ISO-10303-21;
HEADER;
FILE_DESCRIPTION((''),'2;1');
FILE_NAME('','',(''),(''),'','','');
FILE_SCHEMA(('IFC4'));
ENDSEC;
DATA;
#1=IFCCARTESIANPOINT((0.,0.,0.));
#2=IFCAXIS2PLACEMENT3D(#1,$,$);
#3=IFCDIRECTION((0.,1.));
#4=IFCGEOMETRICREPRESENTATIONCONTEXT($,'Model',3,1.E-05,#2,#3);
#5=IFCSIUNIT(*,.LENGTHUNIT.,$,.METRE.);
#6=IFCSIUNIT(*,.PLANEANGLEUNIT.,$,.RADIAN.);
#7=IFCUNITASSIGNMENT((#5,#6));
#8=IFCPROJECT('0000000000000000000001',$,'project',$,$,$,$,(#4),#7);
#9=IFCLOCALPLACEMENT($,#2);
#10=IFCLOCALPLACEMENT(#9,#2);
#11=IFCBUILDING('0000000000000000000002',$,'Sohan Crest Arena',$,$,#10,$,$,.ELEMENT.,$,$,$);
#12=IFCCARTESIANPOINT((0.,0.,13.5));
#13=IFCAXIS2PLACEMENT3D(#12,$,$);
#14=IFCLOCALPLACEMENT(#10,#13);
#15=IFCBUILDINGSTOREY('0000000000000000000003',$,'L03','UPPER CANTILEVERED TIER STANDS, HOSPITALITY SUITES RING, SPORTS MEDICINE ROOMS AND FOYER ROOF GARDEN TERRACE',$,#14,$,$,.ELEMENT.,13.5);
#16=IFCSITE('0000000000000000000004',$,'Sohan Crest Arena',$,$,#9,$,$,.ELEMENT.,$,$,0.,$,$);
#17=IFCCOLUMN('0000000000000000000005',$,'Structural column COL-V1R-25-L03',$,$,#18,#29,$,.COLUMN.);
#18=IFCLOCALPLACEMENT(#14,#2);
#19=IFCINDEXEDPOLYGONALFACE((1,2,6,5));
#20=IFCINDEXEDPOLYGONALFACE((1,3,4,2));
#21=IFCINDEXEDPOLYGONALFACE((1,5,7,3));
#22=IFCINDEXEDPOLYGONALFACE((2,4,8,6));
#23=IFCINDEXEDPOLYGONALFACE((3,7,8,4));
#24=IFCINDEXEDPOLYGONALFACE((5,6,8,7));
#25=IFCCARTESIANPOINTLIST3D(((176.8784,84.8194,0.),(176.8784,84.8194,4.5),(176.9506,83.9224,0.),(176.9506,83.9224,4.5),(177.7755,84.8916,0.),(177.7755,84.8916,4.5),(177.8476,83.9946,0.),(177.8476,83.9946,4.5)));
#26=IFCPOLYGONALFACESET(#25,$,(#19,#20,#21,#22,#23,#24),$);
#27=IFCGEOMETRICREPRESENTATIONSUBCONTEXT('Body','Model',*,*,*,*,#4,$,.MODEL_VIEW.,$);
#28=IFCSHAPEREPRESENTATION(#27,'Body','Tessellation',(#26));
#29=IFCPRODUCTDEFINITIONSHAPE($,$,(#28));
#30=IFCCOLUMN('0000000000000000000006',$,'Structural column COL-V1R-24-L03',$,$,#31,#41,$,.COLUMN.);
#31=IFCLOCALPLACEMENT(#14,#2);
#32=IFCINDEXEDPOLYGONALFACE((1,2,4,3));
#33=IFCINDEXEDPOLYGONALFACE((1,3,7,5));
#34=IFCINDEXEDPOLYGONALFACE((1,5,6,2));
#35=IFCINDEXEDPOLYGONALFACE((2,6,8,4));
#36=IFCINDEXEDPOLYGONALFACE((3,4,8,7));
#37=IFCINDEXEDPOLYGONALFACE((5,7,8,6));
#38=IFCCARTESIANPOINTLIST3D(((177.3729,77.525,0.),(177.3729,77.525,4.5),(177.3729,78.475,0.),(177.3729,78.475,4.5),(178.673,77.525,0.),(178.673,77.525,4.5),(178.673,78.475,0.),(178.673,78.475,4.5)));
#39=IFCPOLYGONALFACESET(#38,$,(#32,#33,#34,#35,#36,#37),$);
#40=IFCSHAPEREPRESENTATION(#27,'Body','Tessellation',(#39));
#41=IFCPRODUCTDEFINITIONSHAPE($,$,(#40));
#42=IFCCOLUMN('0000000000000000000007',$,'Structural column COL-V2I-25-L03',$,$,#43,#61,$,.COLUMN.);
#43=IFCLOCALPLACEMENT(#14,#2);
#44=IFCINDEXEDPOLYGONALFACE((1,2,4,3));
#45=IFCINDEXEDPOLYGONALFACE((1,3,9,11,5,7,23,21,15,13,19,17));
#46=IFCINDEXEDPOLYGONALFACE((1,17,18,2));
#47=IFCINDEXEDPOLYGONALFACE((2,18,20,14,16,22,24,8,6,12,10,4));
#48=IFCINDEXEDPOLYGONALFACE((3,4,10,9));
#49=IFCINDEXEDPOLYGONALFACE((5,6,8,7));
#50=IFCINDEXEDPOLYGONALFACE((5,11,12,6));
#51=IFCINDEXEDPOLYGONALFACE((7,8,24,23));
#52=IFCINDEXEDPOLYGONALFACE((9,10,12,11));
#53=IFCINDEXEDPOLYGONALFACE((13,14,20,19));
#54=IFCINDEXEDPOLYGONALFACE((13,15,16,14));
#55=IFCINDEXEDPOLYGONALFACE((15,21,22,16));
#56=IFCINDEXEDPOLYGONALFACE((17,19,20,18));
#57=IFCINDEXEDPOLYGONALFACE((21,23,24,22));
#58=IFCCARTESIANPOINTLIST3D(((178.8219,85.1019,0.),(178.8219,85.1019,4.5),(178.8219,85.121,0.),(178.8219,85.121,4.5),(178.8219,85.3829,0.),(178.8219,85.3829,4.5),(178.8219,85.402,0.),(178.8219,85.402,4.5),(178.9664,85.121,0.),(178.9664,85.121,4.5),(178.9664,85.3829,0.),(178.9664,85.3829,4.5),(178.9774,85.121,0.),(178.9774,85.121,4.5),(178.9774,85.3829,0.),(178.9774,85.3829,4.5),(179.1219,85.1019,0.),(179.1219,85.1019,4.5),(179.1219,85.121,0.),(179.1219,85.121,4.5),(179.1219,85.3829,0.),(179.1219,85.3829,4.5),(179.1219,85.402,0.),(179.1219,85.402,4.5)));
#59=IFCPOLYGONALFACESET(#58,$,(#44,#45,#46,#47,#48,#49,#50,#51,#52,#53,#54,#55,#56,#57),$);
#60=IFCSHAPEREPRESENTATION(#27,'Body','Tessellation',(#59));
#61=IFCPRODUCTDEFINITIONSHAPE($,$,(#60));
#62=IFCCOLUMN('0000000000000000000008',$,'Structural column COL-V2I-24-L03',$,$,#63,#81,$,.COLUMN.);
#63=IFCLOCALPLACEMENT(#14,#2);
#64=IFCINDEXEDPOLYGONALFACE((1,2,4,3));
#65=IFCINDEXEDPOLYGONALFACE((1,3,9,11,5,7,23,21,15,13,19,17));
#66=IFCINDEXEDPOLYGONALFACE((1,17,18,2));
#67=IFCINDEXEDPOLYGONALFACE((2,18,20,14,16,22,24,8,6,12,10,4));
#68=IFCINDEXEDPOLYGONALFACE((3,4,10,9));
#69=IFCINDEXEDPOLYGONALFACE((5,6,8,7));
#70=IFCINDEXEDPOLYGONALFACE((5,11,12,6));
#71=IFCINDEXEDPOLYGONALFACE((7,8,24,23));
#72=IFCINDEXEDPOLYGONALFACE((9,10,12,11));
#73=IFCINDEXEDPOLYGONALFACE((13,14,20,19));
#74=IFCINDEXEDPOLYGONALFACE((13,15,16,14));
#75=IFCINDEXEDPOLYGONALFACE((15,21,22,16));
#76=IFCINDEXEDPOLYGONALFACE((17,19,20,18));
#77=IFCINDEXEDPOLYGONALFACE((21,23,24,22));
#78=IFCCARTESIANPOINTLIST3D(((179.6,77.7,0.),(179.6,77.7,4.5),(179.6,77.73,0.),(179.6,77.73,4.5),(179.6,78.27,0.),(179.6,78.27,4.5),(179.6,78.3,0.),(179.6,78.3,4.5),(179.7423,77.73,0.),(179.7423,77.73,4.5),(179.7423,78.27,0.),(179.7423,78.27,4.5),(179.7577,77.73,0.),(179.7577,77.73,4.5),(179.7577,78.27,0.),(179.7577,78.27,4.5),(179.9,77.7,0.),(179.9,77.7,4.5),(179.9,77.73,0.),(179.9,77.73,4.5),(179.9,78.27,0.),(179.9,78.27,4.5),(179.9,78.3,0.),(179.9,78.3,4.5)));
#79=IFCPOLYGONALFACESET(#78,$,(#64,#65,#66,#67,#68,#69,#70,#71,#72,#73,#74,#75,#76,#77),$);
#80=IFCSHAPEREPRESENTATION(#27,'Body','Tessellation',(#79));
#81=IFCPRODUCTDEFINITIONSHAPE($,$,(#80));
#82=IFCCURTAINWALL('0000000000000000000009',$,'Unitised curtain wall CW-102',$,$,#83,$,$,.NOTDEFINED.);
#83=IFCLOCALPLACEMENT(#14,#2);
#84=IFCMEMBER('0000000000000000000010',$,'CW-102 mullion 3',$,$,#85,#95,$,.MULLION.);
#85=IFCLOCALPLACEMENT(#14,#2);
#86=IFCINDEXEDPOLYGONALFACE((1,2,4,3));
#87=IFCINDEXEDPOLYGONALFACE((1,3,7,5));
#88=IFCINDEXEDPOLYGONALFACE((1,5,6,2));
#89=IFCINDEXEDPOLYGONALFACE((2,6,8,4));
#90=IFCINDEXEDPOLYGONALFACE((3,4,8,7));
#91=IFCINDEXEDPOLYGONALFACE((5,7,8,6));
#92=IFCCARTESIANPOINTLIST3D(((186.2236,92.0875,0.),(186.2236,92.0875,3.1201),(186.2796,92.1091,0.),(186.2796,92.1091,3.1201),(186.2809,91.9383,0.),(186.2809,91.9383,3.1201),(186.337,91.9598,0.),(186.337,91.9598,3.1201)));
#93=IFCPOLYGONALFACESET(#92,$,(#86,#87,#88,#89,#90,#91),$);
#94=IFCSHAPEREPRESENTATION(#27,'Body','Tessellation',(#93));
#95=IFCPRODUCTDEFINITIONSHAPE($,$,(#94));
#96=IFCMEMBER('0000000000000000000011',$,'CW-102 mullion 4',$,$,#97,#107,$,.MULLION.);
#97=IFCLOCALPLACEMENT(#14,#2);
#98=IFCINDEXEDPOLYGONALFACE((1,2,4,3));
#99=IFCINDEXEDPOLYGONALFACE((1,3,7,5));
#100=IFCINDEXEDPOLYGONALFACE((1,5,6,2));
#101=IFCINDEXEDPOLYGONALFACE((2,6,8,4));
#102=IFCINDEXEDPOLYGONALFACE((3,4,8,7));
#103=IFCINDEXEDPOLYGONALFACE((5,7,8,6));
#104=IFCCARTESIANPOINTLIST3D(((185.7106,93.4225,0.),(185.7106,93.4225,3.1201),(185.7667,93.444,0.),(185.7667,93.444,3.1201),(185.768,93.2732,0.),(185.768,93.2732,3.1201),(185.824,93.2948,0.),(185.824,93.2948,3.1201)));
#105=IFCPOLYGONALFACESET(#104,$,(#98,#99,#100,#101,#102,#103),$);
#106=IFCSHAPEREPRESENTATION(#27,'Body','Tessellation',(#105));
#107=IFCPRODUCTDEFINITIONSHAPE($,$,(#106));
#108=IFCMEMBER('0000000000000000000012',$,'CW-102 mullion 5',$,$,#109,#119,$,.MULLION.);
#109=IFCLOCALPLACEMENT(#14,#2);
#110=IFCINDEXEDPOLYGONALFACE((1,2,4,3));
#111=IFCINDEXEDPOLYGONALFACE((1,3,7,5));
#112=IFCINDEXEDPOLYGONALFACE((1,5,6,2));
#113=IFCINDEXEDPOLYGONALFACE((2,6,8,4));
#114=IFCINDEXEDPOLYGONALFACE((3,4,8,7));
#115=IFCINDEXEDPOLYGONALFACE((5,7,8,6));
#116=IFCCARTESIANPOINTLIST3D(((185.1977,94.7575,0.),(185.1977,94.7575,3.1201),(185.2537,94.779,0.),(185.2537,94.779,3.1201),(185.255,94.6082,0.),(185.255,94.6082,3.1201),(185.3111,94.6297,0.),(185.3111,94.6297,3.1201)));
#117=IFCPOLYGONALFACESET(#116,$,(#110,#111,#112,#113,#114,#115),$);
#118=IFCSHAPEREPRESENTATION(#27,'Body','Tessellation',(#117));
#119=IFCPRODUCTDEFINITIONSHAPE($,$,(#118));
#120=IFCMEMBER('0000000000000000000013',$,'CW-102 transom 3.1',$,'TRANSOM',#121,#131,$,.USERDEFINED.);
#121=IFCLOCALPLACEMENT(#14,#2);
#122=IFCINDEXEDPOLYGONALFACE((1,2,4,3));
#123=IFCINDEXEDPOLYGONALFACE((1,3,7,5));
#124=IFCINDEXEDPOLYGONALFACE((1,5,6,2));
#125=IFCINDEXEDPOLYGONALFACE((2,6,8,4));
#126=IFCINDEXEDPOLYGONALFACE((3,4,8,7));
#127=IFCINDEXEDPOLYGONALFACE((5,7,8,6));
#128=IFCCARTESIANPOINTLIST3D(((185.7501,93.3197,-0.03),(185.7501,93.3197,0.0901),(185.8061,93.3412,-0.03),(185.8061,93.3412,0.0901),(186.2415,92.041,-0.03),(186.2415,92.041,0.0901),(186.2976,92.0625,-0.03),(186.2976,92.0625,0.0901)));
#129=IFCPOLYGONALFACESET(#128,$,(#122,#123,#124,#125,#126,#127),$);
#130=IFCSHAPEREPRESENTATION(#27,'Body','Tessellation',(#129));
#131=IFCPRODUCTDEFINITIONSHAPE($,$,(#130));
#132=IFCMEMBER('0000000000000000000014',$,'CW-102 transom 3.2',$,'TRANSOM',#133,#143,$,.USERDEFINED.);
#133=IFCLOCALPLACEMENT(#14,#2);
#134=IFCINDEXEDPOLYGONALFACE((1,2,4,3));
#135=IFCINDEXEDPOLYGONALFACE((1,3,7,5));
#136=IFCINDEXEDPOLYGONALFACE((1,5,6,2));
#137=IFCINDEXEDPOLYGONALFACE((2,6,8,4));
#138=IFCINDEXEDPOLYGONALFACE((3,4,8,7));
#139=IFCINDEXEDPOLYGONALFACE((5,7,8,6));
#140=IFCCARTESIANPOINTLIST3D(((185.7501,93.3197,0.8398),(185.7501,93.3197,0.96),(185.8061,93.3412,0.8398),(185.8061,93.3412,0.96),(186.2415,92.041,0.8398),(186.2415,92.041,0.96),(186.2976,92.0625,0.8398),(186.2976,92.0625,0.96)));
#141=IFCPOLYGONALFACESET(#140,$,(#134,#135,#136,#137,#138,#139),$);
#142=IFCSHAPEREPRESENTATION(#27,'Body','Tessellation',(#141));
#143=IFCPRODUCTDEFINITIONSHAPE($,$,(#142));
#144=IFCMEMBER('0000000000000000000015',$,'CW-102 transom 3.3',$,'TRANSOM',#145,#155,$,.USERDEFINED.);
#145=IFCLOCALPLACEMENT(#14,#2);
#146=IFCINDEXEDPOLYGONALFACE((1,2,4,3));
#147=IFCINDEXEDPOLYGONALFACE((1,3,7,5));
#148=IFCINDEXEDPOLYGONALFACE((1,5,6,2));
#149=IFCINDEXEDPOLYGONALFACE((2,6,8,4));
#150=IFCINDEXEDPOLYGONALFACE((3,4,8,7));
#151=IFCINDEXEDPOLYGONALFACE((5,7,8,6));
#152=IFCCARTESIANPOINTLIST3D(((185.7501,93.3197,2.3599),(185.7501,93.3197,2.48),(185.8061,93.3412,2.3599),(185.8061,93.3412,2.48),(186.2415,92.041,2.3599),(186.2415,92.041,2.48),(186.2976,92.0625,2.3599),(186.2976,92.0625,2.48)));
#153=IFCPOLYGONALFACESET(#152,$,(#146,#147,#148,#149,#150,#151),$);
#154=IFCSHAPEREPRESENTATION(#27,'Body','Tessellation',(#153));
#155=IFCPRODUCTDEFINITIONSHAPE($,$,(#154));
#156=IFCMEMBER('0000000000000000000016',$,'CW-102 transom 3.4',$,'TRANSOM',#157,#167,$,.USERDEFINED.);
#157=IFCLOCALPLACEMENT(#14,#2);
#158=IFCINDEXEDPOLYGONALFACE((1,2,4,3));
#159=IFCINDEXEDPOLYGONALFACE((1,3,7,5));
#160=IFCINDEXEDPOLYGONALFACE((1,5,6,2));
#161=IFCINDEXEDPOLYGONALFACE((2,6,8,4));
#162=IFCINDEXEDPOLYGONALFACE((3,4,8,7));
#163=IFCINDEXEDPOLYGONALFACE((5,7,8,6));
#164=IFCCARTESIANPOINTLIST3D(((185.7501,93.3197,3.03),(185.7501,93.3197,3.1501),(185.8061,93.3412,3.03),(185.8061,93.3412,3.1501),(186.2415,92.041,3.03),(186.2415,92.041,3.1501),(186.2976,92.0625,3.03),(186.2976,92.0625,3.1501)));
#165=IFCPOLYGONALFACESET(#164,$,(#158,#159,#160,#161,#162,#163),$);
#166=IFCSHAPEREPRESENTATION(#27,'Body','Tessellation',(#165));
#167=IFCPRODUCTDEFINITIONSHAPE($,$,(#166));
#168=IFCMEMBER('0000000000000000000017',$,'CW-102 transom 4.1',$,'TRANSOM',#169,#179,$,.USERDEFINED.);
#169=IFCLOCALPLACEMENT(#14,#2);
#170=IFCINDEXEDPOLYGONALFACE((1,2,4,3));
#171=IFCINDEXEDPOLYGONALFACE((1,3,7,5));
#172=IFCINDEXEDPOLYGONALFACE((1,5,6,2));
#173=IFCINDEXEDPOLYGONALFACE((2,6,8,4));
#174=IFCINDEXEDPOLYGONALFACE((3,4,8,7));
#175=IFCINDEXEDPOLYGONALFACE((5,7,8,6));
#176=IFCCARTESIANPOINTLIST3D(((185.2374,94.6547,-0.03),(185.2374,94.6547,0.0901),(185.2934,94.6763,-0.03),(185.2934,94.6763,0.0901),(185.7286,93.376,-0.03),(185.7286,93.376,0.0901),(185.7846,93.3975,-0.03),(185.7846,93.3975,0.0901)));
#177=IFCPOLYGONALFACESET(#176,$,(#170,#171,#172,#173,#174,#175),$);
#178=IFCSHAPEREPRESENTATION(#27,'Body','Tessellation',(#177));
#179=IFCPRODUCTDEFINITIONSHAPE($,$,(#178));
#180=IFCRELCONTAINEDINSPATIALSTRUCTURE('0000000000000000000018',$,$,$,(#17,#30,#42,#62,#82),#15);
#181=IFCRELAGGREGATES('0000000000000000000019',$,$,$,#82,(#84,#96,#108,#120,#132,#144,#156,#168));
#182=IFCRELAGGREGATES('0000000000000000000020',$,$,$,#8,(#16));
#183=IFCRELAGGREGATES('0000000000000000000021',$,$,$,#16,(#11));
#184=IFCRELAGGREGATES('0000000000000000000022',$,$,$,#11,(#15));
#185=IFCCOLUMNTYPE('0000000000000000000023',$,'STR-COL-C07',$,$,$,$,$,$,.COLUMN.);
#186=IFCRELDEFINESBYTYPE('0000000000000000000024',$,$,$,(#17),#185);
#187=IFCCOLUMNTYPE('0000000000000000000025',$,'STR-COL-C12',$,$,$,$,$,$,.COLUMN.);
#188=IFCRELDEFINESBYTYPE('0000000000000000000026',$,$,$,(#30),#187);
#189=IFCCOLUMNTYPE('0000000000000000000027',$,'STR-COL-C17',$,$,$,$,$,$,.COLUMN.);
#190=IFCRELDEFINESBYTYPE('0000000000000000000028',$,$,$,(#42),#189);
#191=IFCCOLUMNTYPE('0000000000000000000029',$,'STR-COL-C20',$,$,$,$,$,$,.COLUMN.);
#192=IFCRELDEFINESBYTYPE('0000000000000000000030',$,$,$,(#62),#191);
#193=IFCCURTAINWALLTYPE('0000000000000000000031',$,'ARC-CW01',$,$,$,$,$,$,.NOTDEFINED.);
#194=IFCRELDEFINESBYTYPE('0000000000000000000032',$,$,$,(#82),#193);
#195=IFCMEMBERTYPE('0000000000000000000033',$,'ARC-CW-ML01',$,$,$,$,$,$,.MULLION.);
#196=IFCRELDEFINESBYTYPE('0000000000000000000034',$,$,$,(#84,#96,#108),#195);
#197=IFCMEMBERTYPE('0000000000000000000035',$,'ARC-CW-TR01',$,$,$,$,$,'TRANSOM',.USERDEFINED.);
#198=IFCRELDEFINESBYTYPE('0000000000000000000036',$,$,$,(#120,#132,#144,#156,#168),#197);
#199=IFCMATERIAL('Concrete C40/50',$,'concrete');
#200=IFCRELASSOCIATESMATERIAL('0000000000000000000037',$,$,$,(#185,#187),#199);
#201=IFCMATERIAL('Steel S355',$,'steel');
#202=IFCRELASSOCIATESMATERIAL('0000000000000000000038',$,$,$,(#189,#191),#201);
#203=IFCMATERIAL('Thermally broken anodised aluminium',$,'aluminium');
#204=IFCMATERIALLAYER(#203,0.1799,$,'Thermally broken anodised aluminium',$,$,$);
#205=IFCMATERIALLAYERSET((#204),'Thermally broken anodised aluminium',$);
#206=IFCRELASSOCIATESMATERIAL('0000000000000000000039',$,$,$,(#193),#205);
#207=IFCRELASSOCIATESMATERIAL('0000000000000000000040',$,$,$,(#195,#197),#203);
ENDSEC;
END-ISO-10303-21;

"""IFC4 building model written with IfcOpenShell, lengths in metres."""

from ifc_helpers import new_model, si_unit, direction, frame, origin, origin_2d, place, context, subcontext, project, spatial, rectangle, i_section, extrude, material, layer, layer_set, material_profile, profile_set, type_object, element, aggregate, save


model = new_model("IFC4")

# Units and contexts
model_context = context("Model", 3, precision=1e-05, world=origin(), true_north=direction((0.0, 1.0)))
body_context = subcontext(model_context, "Body", "Model", "MODEL_VIEW")
ifc_project = project(units=[si_unit("LENGTHUNIT", "METRE"), si_unit("PLANEANGLEUNIT", "RADIAN")], contexts=[model_context])

# Site, building, storey
site_placement = place(None, origin())
site = spatial("IfcSite", under=ifc_project, at=site_placement, Name="Sohan Crest Arena", CompositionType="ELEMENT", RefElevation=0.0)
building_placement = place(site_placement, origin())
building = spatial("IfcBuilding", under=site, at=building_placement, Name="Sohan Crest Arena", CompositionType="ELEMENT")
storey_placement = place(building_placement, frame((0.0, 0.0, 13.5)))
storey = spatial("IfcBuildingStorey", under=building, at=storey_placement, Name="L03", Description="UPPER CANTILEVERED TIER STANDS, HOSPITALITY SUITES RING, SPORTS MEDICINE ROOMS AND FOYER ROOF GARDEN TERRACE", CompositionType="ELEMENT", Elevation=13.5)

# Columns
ifc_material_1 = material(Name="Concrete C40/50", Category="concrete")
ifc_material_profile_1 = material_profile(ifc_material_1, rectangle(XDim=0.8999, YDim=0.8999, at=origin_2d()), Name="RC 900x900")
ifc_profile_set_1 = profile_set([ifc_material_profile_1], Name="Concrete C40/50")
column_type_1 = type_object("IfcColumnType", Name="STR-COL-C07", PredefinedType="COLUMN", material=ifc_profile_set_1)
column_1_placement = place(storey_placement, frame((177.363, 84.407, 0.0), z_axis=(0.0, 0.0, 1.0), x_axis=(0.996779, 0.080199, 0.0)))
element("IfcColumn", 1, at=column_1_placement, inside=storey, type_object=column_type_1, Name="Structural column COL-V1R-25-L03", PredefinedType="COLUMN", context=body_context, shape_type="SweptSolid", body=[
    extrude(rectangle(XDim=0.8999, YDim=0.8999, at=origin_2d()), origin(), (0.0, 0.0, 1.0), 4.5),
])
ifc_material_profile_2 = material_profile(ifc_material_1, rectangle(XDim=1.3, YDim=0.95, at=origin_2d()), Name="RC 1300x950")
ifc_profile_set_2 = profile_set([ifc_material_profile_2], Name="Concrete C40/50")
column_type_2 = type_object("IfcColumnType", Name="STR-COL-C12", PredefinedType="COLUMN", material=ifc_profile_set_2)
column_2_placement = place(storey_placement, frame((178.0229, 78.0, 0.0), z_axis=(0.0, 0.0, 1.0), x_axis=(1.0, 0.0, 0.0)))
element("IfcColumn", 2, at=column_2_placement, inside=storey, type_object=column_type_2, Name="Structural column COL-V1R-24-L03", PredefinedType="COLUMN", context=body_context, shape_type="SweptSolid", body=[
    extrude(rectangle(XDim=1.3, YDim=0.95, at=origin_2d()), origin(), (0.0, 0.0, 1.0), 4.5),
])
ifc_material_2 = material(Name="Steel S355", Category="steel")
ifc_material_profile_3 = material_profile(ifc_material_2, i_section(OverallWidth=0.3, OverallDepth=0.3, WebThickness=0.011, FlangeThickness=0.019, at=origin_2d()), Name="HEB 300")
ifc_profile_set_3 = profile_set([ifc_material_profile_3], Name="Steel S355")
column_type_3 = type_object("IfcColumnType", Name="STR-COL-C17", PredefinedType="COLUMN", material=ifc_profile_set_3)
column_3_placement = place(storey_placement, frame((178.9719, 85.252, 0.0), z_axis=(0.0, 0.0, 1.0), x_axis=(1.0, 0.0, 0.0)))
element("IfcColumn", 3, at=column_3_placement, inside=storey, type_object=column_type_3, Name="Structural column COL-V2I-25-L03", PredefinedType="COLUMN", context=body_context, shape_type="SweptSolid", body=[
    extrude(i_section(OverallWidth=0.3, OverallDepth=0.3, WebThickness=0.011, FlangeThickness=0.019, at=origin_2d()), origin(), (0.0, 0.0, 1.0), 4.5),
])
ifc_material_profile_4 = material_profile(ifc_material_2, i_section(OverallWidth=0.3, OverallDepth=0.6001, WebThickness=0.0154, FlangeThickness=0.03, at=origin_2d()), Name="HEB 600")
ifc_profile_set_4 = profile_set([ifc_material_profile_4], Name="Steel S355")
column_type_4 = type_object("IfcColumnType", Name="STR-COL-C20", PredefinedType="COLUMN", material=ifc_profile_set_4)
column_4_placement = place(storey_placement, frame((179.75, 78.0, 0.0), z_axis=(0.0, 0.0, 1.0), x_axis=(1.0, 0.0, 0.0)))
element("IfcColumn", 4, at=column_4_placement, inside=storey, type_object=column_type_4, Name="Structural column COL-V2I-24-L03", PredefinedType="COLUMN", context=body_context, shape_type="SweptSolid", body=[
    extrude(i_section(OverallWidth=0.3, OverallDepth=0.6001, WebThickness=0.0154, FlangeThickness=0.03, at=origin_2d()), origin(), (0.0, 0.0, 1.0), 4.5),
])

# Curtain wall, members
ifc_material_3 = material(Name="Thermally broken anodised aluminium", Category="aluminium")
ifc_layer_1 = layer(ifc_material_3, 0.1799, Name="Thermally broken anodised aluminium")
ifc_layer_set_1 = layer_set([ifc_layer_1], Name="Thermally broken anodised aluminium")
curtain_wall_type = type_object("IfcCurtainWallType", Name="ARC-CW01", PredefinedType="NOTDEFINED", material=ifc_layer_set_1)
curtain_wall_placement = place(storey_placement, origin())
curtain_wall = element("IfcCurtainWall", 5, at=curtain_wall_placement, inside=storey, type_object=curtain_wall_type, Name="Unitised curtain wall CW-102", PredefinedType="NOTDEFINED")
ifc_material_profile_5 = material_profile(ifc_material_3, rectangle(XDim=0.0601, YDim=0.1599, at=origin_2d()), Name="ALU-MULL 60x160")
ifc_profile_set_5 = profile_set([ifc_material_profile_5], Name="Thermally broken anodised aluminium")
member_type_1 = type_object("IfcMemberType", Name="ARC-CW-ML01", PredefinedType="MULLION", material=ifc_profile_set_5)
member_1_placement = place(storey_placement, frame((186.2803, 92.0237, 0.0), z_axis=(0.0, 0.0, 1.0), x_axis=(-0.933472, -0.358651, 0.0)))
member_1 = element("IfcMember", 6, at=member_1_placement, type_object=member_type_1, Name="CW-102 mullion 3", PredefinedType="MULLION", context=body_context, shape_type="SweptSolid", body=[
    extrude(rectangle(XDim=0.0601, YDim=0.1599, at=origin_2d()), origin(), (0.0, 0.0, 1.0), 3.1201),
])
member_2_placement = place(storey_placement, frame((185.7673, 93.3586, 0.0), z_axis=(0.0, 0.0, 1.0), x_axis=(-0.933472, -0.358651, 0.0)))
member_2 = element("IfcMember", 7, at=member_2_placement, type_object=member_type_1, Name="CW-102 mullion 4", PredefinedType="MULLION", context=body_context, shape_type="SweptSolid", body=[
    extrude(rectangle(XDim=0.0601, YDim=0.1599, at=origin_2d()), origin(), (0.0, 0.0, 1.0), 3.1201),
])
member_3_placement = place(storey_placement, frame((185.2544, 94.6936, 0.0), z_axis=(0.0, 0.0, 1.0), x_axis=(-0.933472, -0.358651, 0.0)))
member_3 = element("IfcMember", 8, at=member_3_placement, type_object=member_type_1, Name="CW-102 mullion 5", PredefinedType="MULLION", context=body_context, shape_type="SweptSolid", body=[
    extrude(rectangle(XDim=0.0601, YDim=0.1599, at=origin_2d()), origin(), (0.0, 0.0, 1.0), 3.1201),
])
ifc_material_profile_6 = material_profile(ifc_material_3, rectangle(XDim=0.0601, YDim=0.1201, at=origin_2d()), Name="ALU-TRAN 60x120")
ifc_profile_set_6 = profile_set([ifc_material_profile_6], Name="Thermally broken anodised aluminium")
member_type_2 = type_object("IfcMemberType", Name="ARC-CW-TR01", ElementType="TRANSOM", PredefinedType="USERDEFINED", material=ifc_profile_set_6)
member_4_placement = place(storey_placement, frame((186.2695, 92.0518, 0.03), z_axis=(-0.358728, 0.933442, 0.0), x_axis=(-0.933442, -0.358728, 0.0)))
member_4 = element("IfcMember", 9, at=member_4_placement, type_object=member_type_2, Name="CW-102 transom 3.1", ObjectType="TRANSOM", PredefinedType="USERDEFINED", context=body_context, shape_type="SweptSolid", body=[
    extrude(rectangle(XDim=0.0601, YDim=0.1201, at=origin_2d()), origin(), (0.0, 0.0, 1.0), 1.3699),
])
member_5_placement = place(storey_placement, frame((186.2695, 92.0518, 0.8999), z_axis=(-0.358728, 0.933442, 0.0), x_axis=(-0.933442, -0.358728, 0.0)))
member_5 = element("IfcMember", 10, at=member_5_placement, type_object=member_type_2, Name="CW-102 transom 3.2", ObjectType="TRANSOM", PredefinedType="USERDEFINED", context=body_context, shape_type="SweptSolid", body=[
    extrude(rectangle(XDim=0.0601, YDim=0.1201, at=origin_2d()), origin(), (0.0, 0.0, 1.0), 1.3699),
])
member_6_placement = place(storey_placement, frame((186.2695, 92.0518, 2.4199), z_axis=(-0.358728, 0.933442, 0.0), x_axis=(-0.933442, -0.358728, 0.0)))
member_6 = element("IfcMember", 11, at=member_6_placement, type_object=member_type_2, Name="CW-102 transom 3.3", ObjectType="TRANSOM", PredefinedType="USERDEFINED", context=body_context, shape_type="SweptSolid", body=[
    extrude(rectangle(XDim=0.0601, YDim=0.1201, at=origin_2d()), origin(), (0.0, 0.0, 1.0), 1.3699),
])
member_7_placement = place(storey_placement, frame((186.2695, 92.0518, 3.0901), z_axis=(-0.358728, 0.933442, 0.0), x_axis=(-0.933442, -0.358728, 0.0)))
member_7 = element("IfcMember", 12, at=member_7_placement, type_object=member_type_2, Name="CW-102 transom 3.4", ObjectType="TRANSOM", PredefinedType="USERDEFINED", context=body_context, shape_type="SweptSolid", body=[
    extrude(rectangle(XDim=0.0601, YDim=0.1201, at=origin_2d()), origin(), (0.0, 0.0, 1.0), 1.3699),
])
member_8_placement = place(storey_placement, frame((185.7566, 93.3867, 0.03), z_axis=(-0.358573, 0.933502, 0.0), x_axis=(-0.933502, -0.358573, 0.0)))
member_8 = element("IfcMember", 13, at=member_8_placement, type_object=member_type_2, Name="CW-102 transom 4.1", ObjectType="TRANSOM", PredefinedType="USERDEFINED", context=body_context, shape_type="SweptSolid", body=[
    extrude(rectangle(XDim=0.0601, YDim=0.1201, at=origin_2d()), origin(), (0.0, 0.0, 1.0), 1.3699),
])

aggregate(curtain_wall, [member_1, member_2, member_3, member_4, member_5, member_6, member_7, member_8])

save(model, "model.ifc")
